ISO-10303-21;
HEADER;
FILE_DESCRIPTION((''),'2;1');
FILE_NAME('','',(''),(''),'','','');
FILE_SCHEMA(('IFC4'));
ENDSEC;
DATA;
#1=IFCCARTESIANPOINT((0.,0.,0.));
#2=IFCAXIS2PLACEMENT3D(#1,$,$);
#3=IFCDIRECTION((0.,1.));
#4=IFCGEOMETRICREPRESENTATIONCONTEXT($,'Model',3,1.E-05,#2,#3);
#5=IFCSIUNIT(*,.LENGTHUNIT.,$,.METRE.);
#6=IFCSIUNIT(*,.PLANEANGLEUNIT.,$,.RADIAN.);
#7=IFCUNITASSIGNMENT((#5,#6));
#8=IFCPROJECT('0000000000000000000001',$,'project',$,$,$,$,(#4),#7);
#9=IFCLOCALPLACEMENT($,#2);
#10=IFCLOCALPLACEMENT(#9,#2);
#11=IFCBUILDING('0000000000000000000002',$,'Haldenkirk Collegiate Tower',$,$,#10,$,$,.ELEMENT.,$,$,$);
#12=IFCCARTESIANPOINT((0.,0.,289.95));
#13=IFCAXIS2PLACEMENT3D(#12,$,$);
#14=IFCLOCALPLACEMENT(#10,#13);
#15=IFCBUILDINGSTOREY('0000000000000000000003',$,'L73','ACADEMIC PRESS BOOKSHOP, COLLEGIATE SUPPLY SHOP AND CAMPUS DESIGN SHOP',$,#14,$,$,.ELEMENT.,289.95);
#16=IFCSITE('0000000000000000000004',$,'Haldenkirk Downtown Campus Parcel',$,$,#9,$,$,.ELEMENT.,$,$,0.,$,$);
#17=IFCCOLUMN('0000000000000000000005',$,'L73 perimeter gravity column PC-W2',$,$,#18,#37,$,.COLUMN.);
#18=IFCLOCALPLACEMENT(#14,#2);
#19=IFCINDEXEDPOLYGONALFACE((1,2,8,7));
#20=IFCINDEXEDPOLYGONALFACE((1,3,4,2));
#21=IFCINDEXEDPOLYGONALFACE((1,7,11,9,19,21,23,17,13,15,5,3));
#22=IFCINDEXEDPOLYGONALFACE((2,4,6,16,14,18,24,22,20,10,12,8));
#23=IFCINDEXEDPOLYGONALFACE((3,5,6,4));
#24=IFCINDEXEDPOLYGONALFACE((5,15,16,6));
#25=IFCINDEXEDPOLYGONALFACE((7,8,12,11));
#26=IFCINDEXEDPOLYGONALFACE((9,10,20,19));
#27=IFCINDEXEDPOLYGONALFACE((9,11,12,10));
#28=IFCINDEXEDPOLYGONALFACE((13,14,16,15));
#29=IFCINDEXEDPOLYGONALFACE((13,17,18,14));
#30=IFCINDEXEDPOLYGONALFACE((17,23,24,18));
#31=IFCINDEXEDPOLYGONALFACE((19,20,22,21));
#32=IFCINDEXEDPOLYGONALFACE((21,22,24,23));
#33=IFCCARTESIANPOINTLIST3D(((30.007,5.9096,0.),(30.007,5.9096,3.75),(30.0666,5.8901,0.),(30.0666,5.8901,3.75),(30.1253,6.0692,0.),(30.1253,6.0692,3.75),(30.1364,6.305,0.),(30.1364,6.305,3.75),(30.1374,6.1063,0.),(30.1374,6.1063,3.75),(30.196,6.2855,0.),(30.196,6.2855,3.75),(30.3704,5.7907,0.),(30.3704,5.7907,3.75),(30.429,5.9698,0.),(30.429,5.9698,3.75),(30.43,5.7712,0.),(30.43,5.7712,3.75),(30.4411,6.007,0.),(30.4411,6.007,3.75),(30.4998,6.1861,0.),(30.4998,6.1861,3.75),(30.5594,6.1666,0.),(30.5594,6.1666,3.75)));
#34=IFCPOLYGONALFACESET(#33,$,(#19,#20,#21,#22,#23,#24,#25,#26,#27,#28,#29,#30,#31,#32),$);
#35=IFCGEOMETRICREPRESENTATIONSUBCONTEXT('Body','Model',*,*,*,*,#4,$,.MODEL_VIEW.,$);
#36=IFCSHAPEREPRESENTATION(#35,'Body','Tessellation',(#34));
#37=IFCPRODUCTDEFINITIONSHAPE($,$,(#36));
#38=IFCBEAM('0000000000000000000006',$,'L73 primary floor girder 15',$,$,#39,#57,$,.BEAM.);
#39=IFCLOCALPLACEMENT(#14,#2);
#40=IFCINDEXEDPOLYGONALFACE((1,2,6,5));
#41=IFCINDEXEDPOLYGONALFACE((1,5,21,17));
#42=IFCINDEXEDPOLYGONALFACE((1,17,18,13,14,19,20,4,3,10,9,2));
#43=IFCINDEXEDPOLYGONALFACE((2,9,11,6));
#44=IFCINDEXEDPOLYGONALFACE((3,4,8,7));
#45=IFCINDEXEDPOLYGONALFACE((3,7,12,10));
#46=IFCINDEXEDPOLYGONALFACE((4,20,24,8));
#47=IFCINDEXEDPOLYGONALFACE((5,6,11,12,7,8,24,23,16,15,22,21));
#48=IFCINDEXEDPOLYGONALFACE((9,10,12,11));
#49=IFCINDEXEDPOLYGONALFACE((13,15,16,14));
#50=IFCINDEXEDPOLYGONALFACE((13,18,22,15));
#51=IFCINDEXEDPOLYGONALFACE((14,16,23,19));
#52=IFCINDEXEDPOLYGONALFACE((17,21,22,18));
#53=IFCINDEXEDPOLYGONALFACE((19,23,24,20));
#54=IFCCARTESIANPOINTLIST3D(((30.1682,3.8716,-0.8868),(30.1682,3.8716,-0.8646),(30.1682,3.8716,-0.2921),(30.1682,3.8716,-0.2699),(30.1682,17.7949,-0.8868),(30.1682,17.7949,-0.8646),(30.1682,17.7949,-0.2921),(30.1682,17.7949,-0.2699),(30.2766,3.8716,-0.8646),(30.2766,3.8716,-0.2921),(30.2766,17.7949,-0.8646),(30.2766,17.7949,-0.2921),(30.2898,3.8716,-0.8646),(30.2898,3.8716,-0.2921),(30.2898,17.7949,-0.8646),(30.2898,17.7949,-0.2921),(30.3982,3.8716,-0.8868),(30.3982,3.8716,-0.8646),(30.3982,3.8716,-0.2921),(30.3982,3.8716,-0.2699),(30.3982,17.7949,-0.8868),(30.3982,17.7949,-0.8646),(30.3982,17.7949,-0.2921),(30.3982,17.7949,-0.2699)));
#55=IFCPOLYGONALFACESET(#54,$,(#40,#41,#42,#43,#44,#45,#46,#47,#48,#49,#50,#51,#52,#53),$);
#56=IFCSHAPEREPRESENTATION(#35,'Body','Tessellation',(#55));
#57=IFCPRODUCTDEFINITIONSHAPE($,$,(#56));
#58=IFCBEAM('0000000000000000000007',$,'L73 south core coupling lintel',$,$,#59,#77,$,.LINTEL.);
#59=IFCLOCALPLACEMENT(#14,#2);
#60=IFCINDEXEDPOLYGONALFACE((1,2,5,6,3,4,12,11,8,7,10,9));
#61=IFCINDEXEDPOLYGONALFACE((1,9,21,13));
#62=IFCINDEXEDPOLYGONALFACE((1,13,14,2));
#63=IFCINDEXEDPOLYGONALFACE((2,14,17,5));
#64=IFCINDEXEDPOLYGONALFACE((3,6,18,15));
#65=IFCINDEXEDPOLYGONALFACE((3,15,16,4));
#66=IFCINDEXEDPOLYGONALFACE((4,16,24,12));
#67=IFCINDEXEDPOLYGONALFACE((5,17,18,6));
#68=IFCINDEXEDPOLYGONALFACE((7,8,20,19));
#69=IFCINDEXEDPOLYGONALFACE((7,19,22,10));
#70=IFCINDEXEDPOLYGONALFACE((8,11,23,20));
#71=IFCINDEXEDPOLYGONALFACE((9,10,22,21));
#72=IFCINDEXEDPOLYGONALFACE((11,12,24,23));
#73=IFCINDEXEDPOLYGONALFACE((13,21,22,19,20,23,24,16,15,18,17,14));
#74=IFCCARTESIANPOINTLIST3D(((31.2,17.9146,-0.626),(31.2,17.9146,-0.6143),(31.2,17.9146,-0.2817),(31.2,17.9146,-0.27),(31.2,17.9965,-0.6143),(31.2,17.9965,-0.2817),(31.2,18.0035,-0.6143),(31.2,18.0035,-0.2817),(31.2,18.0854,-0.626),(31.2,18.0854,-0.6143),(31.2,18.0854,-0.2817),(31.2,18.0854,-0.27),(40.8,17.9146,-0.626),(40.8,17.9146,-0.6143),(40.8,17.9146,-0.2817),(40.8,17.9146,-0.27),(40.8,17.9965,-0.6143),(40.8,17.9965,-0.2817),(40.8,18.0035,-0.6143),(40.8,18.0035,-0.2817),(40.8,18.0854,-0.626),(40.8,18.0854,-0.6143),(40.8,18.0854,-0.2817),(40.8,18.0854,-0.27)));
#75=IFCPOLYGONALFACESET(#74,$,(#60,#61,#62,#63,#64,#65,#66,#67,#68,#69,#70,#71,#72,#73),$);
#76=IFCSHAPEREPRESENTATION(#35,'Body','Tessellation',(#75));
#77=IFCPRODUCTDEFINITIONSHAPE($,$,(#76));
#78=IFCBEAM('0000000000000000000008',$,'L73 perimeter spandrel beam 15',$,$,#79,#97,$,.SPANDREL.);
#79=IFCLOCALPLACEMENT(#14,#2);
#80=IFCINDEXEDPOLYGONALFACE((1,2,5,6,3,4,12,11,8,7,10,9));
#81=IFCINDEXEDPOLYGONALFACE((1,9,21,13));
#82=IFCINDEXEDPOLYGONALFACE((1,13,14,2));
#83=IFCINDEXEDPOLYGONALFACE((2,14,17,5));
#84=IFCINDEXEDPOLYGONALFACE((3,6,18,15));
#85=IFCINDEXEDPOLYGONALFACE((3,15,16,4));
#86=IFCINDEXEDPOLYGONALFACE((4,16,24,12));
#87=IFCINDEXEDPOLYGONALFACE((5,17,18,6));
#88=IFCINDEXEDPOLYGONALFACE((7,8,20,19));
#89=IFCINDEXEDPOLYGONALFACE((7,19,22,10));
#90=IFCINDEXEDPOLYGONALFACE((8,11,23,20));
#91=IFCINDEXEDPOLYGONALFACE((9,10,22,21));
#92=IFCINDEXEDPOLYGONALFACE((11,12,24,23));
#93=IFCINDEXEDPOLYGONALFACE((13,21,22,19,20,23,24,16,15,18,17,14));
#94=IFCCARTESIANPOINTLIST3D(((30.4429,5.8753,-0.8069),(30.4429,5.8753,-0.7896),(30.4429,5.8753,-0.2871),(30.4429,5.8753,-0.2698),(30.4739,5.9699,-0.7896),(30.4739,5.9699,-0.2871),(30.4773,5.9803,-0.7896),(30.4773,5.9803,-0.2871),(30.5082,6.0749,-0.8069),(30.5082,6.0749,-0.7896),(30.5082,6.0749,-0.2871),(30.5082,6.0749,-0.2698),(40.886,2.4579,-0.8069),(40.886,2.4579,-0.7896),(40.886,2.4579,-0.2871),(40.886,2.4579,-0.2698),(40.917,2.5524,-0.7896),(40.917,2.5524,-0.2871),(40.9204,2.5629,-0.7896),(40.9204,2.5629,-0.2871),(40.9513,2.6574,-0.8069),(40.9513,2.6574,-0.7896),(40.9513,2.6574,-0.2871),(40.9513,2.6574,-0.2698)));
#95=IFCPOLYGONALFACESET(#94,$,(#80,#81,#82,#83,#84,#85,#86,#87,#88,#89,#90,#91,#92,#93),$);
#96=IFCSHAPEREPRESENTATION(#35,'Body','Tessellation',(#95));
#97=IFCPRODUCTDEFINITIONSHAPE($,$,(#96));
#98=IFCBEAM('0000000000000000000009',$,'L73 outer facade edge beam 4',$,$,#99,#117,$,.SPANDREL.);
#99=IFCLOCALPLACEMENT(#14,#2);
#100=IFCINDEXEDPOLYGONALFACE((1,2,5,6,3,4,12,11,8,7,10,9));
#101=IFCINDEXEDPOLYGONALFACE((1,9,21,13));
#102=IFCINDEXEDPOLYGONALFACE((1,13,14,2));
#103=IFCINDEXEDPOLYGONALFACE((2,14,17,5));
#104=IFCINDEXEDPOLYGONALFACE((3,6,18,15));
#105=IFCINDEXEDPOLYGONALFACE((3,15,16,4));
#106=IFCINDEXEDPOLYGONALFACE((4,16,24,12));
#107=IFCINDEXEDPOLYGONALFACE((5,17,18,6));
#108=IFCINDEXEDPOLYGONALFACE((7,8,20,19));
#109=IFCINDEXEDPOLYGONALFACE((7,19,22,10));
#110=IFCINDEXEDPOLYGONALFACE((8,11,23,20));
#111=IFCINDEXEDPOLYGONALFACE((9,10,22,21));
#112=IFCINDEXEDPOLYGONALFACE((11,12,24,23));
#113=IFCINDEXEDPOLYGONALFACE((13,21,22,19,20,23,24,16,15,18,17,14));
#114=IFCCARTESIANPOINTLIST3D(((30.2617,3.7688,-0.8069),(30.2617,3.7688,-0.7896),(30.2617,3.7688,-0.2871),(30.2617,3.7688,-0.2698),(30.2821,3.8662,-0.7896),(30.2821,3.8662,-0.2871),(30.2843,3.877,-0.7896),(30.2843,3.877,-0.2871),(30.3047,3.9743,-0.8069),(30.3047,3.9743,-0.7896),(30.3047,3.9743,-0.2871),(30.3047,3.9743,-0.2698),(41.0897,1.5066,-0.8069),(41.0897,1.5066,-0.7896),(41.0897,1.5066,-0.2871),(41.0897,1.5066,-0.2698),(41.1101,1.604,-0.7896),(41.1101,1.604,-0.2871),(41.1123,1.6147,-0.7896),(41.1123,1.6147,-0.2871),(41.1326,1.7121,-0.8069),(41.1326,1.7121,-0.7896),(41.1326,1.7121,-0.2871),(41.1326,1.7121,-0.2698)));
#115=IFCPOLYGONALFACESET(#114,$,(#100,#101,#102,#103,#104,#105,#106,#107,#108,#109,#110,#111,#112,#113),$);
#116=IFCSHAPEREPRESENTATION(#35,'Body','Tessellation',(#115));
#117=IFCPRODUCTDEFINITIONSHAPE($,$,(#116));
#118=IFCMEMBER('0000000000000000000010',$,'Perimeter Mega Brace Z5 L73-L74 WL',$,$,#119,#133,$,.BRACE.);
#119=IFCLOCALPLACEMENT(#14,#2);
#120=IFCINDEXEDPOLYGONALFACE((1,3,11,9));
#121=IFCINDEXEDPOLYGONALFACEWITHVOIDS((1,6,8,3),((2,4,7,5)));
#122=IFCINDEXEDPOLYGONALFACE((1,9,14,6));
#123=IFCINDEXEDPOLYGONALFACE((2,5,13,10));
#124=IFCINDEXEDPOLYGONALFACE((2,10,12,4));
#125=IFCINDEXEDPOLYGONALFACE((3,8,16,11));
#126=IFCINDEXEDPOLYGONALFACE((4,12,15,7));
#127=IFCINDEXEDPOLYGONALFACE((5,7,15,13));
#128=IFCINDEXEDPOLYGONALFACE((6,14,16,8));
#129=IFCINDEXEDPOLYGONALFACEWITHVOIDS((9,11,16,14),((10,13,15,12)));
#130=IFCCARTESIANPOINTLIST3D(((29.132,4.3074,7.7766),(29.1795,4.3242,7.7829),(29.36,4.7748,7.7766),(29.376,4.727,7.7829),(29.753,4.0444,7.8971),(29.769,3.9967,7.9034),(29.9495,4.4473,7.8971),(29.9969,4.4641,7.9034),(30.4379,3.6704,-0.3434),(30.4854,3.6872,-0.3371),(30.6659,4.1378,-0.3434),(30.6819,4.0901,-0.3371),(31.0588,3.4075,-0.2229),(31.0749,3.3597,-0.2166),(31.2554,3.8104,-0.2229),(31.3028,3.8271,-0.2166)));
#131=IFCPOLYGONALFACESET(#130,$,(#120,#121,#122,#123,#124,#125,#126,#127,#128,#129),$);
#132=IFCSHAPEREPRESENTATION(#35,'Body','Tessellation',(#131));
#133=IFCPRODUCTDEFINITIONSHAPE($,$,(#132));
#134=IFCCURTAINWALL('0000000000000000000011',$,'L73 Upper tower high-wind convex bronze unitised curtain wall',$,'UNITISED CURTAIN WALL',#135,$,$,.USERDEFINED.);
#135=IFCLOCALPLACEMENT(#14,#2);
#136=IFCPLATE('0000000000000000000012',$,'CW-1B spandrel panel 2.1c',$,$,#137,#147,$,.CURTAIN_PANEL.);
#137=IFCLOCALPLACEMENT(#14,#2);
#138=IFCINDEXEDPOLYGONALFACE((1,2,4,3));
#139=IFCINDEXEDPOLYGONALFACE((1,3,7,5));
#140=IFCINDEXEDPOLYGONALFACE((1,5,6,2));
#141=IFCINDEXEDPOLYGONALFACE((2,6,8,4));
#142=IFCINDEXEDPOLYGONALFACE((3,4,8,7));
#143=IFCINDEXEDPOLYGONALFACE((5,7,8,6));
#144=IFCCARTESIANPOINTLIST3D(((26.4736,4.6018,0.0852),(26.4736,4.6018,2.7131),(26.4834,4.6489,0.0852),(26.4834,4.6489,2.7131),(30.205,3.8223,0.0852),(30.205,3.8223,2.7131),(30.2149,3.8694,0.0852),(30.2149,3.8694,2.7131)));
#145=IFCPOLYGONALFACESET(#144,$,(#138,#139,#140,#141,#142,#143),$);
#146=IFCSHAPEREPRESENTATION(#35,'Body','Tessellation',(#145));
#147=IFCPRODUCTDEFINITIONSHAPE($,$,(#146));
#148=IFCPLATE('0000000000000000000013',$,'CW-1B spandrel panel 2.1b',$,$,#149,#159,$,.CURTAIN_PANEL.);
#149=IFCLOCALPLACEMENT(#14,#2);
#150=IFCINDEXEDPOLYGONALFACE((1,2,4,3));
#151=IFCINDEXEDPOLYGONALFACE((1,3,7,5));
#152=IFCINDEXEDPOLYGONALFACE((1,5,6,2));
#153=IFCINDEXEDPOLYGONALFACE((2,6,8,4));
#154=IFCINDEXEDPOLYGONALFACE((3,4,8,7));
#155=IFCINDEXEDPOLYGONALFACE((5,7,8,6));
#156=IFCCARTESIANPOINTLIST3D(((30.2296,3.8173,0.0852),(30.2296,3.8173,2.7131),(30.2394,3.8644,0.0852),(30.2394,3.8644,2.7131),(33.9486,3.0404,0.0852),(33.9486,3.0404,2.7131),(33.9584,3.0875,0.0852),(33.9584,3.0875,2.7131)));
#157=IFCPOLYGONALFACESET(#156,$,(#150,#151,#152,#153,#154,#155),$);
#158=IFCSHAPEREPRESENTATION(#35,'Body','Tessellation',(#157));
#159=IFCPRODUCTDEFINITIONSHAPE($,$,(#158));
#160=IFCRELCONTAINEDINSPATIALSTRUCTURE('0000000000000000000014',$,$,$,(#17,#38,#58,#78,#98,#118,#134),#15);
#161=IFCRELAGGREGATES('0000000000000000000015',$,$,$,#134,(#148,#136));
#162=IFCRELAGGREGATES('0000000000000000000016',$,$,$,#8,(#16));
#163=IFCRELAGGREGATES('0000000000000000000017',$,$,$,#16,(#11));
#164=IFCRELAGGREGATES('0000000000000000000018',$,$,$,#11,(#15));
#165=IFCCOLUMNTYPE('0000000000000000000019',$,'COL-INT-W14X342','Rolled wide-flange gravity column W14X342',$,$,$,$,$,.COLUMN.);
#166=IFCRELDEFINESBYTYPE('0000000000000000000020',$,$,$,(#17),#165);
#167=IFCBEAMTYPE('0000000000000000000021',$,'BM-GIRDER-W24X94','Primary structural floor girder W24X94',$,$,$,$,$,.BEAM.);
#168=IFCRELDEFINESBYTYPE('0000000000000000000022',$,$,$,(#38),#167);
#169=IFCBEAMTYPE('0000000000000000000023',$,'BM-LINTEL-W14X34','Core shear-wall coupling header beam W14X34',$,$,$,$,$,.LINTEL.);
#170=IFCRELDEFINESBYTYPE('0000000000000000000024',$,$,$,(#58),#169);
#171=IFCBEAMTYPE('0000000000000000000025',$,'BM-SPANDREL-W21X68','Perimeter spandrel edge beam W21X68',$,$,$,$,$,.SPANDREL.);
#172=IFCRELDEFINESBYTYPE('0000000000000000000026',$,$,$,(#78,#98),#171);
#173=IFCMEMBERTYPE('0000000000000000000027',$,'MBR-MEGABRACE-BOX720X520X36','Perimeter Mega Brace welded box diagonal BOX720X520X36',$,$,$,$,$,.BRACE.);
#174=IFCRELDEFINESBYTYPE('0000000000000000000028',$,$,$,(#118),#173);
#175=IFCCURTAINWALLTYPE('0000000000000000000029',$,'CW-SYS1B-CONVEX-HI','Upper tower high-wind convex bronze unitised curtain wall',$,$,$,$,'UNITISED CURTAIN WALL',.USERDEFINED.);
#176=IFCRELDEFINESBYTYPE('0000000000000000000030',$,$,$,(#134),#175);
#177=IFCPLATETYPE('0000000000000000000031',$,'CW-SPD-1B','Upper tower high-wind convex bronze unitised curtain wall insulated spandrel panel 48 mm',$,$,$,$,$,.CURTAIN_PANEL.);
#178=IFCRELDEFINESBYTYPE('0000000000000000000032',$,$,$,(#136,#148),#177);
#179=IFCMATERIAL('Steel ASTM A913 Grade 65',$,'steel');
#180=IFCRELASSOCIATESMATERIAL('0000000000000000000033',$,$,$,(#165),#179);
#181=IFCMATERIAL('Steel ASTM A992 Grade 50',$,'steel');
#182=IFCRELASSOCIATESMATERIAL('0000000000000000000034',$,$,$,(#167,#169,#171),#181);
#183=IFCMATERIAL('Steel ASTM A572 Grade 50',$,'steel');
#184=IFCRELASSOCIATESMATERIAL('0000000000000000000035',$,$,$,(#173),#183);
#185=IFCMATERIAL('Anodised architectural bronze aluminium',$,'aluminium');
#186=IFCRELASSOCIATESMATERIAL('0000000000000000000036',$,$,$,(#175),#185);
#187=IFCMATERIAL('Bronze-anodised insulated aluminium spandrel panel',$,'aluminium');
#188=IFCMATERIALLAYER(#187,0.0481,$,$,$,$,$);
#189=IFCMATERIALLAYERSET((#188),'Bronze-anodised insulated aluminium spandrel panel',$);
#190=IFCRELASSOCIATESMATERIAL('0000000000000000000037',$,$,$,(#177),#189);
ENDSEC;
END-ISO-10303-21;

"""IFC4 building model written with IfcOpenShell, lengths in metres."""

from ifc_helpers import new_model, si_unit, direction, frame, origin, origin_2d, place, context, subcontext, project, spatial, rectangle, hollow_rectangle, i_section, extrude, source, transform, mapped, material, layer, layer_set, material_profile, profile_set, type_object, element, aggregate, save


model = new_model("IFC4")

# Units and contexts
model_context = context("Model", 3, precision=1e-05, world=origin(), true_north=direction((0.0, 1.0)))
body_context = subcontext(model_context, "Body", "Model", "MODEL_VIEW")
ifc_project = project(units=[si_unit("LENGTHUNIT", "METRE"), si_unit("PLANEANGLEUNIT", "RADIAN")], contexts=[model_context])

# Site, building, storey
site_placement = place(None, origin())
site = spatial("IfcSite", under=ifc_project, at=site_placement, Name="Haldenkirk Downtown Campus Parcel", CompositionType="ELEMENT", RefElevation=0.0)
building_placement = place(site_placement, origin())
building = spatial("IfcBuilding", under=site, at=building_placement, Name="Haldenkirk Collegiate Tower", CompositionType="ELEMENT")
storey_placement = place(building_placement, frame((0.0, 0.0, 289.95)))
storey = spatial("IfcBuildingStorey", under=building, at=storey_placement, Name="L73", Description="ACADEMIC PRESS BOOKSHOP, COLLEGIATE SUPPLY SHOP AND CAMPUS DESIGN SHOP", CompositionType="ELEMENT", Elevation=289.95)

# Column
ifc_material_1 = material(Name="Steel ASTM A913 Grade 65", Category="steel")
ifc_material_profile_1 = material_profile(ifc_material_1, i_section(OverallWidth=0.416, OverallDepth=0.4451, WebThickness=0.0391, FlangeThickness=0.0627, at=origin_2d()), Name="W14X342")
ifc_profile_set_1 = profile_set([ifc_material_profile_1], Name="Steel ASTM A913 Grade 65")
column_type = type_object("IfcColumnType", Name="COL-INT-W14X342", Description="Rolled wide-flange gravity column W14X342", PredefinedType="COLUMN", material=ifc_profile_set_1)
column_placement = place(storey_placement, frame((30.2832, 6.0381, 0.0), z_axis=(0.0, 0.0, 1.0), x_axis=(0.311008, 0.950407, 0.0)))
element("IfcColumn", 1, at=column_placement, inside=storey, type_object=column_type, Name="L73 perimeter gravity column PC-W2", PredefinedType="COLUMN", context=body_context, shape_type="SweptSolid", body=[
    extrude(i_section(OverallWidth=0.416, OverallDepth=0.4451, WebThickness=0.0391, FlangeThickness=0.0627, at=origin_2d()), origin(), (0.0, 0.0, 1.0), 3.75),
])

# Beams
ifc_material_2 = material(Name="Steel ASTM A992 Grade 50", Category="steel")
ifc_material_profile_2 = material_profile(ifc_material_2, i_section(OverallWidth=0.23, OverallDepth=0.6169, WebThickness=0.0132, FlangeThickness=0.0222, at=origin_2d()), Name="W24X94")
ifc_profile_set_2 = profile_set([ifc_material_profile_2], Name="Steel ASTM A992 Grade 50")
beam_type_1 = type_object("IfcBeamType", Name="BM-GIRDER-W24X94", Description="Primary structural floor girder W24X94", PredefinedType="BEAM", material=ifc_profile_set_2)
beam_1_placement = place(storey_placement, frame((30.2832, 3.8716, -0.5784), z_axis=(0.0, 1.0, 0.0), x_axis=(-1.0, 0.0, 0.0)))
element("IfcBeam", 2, at=beam_1_placement, inside=storey, type_object=beam_type_1, Name="L73 primary floor girder 15", PredefinedType="BEAM", context=body_context, shape_type="SweptSolid", body=[
    extrude(i_section(OverallWidth=0.23, OverallDepth=0.6169, WebThickness=0.0132, FlangeThickness=0.0222, at=origin_2d()), origin(), (0.0, 0.0, 1.0), 13.9233),
])
ifc_material_profile_3 = material_profile(ifc_material_2, i_section(OverallWidth=0.1709, OverallDepth=0.356, WebThickness=0.0071, FlangeThickness=0.0117, at=origin_2d()), Name="W14X34")
ifc_profile_set_3 = profile_set([ifc_material_profile_3], Name="Steel ASTM A992 Grade 50")
beam_type_2 = type_object("IfcBeamType", Name="BM-LINTEL-W14X34", Description="Core shear-wall coupling header beam W14X34", PredefinedType="LINTEL", material=ifc_profile_set_3)
beam_2_placement = place(storey_placement, frame((31.2, 18.0, -0.448), z_axis=(1.0, 0.0, 0.0), x_axis=(0.0, 1.0, 0.0)))
element("IfcBeam", 3, at=beam_2_placement, inside=storey, type_object=beam_type_2, Name="L73 south core coupling lintel", PredefinedType="LINTEL", context=body_context, shape_type="SweptSolid", body=[
    extrude(i_section(OverallWidth=0.1709, OverallDepth=0.356, WebThickness=0.0071, FlangeThickness=0.0117, at=origin_2d()), origin(), (0.0, 0.0, 1.0), 9.6001),
])
ifc_material_profile_4 = material_profile(ifc_material_2, i_section(OverallWidth=0.21, OverallDepth=0.5371, WebThickness=0.011, FlangeThickness=0.0173, at=origin_2d()), Name="W21X68")
ifc_profile_set_4 = profile_set([ifc_material_profile_4], Name="Steel ASTM A992 Grade 50")
beam_type_3 = type_object("IfcBeamType", Name="BM-SPANDREL-W21X68", Description="Perimeter spandrel edge beam W21X68", PredefinedType="SPANDREL", material=ifc_profile_set_4)
beam_3_placement = place(storey_placement, frame((30.4756, 5.9751, -0.5383), z_axis=(0.950404, -0.311017, 0.0), x_axis=(0.311017, 0.950404, 0.0)))
element("IfcBeam", 4, at=beam_3_placement, inside=storey, type_object=beam_type_3, Name="L73 perimeter spandrel beam 15", PredefinedType="SPANDREL", context=body_context, shape_type="SweptSolid", body=[
    extrude(i_section(OverallWidth=0.21, OverallDepth=0.5371, WebThickness=0.011, FlangeThickness=0.0173, at=origin_2d()), origin(), (0.0, 0.0, 1.0), 10.988),
])
beam_4_placement = place(storey_placement, frame((30.2832, 3.8716, -0.5383), z_axis=(0.978865, -0.204509, 0.0), x_axis=(0.204509, 0.978865, 0.0)))
element("IfcBeam", 5, at=beam_4_placement, inside=storey, type_object=beam_type_3, Name="L73 outer facade edge beam 4", PredefinedType="SPANDREL", context=body_context, shape_type="SweptSolid", body=[
    extrude(i_section(OverallWidth=0.21, OverallDepth=0.5371, WebThickness=0.011, FlangeThickness=0.0173, at=origin_2d()), origin(), (0.0, 0.0, 1.0), 11.0618),
])

# Member
ifc_material_3 = material(Name="Steel ASTM A572 Grade 50", Category="steel")
ifc_material_profile_5 = material_profile(ifc_material_3, hollow_rectangle(XDim=0.52, YDim=0.72, WallThickness=0.0359, at=origin_2d()), Name="BOX720X520X36")
ifc_profile_set_5 = profile_set([ifc_material_profile_5], Name="Steel ASTM A572 Grade 50")
member_type = type_object("IfcMemberType", Name="MBR-MEGABRACE-BOX720X520X36", Description="Perimeter Mega Brace welded box diagonal BOX720X520X36", PredefinedType="BRACE", material=ifc_profile_set_5)
member_placement = place(storey_placement, frame((30.8704, 3.7488, -0.28), z_axis=(-0.158309, 0.077216, 0.984366), x_axis=(-0.438387, -0.898786, 0.0)))
element("IfcMember", 6, at=member_placement, inside=storey, type_object=member_type, Name="Perimeter Mega Brace Z5 L73-L74 WL", PredefinedType="BRACE", context=body_context, shape_type="SweptSolid", body=[
    extrude(hollow_rectangle(XDim=0.52, YDim=0.72, WallThickness=0.0359, at=origin_2d()), origin(), (0.0, 0.0, 1.0), 8.249),
])

# Curtain wall, plates
ifc_material_4 = material(Name="Anodised architectural bronze aluminium", Category="aluminium")
curtain_wall_type = type_object("IfcCurtainWallType", Name="CW-SYS1B-CONVEX-HI", Description="Upper tower high-wind convex bronze unitised curtain wall", ElementType="UNITISED CURTAIN WALL", PredefinedType="USERDEFINED", material=ifc_material_4)
curtain_wall_placement = place(storey_placement, origin())
curtain_wall = element("IfcCurtainWall", 7, at=curtain_wall_placement, inside=storey, type_object=curtain_wall_type, Name="L73 Upper tower high-wind convex bronze unitised curtain wall", ObjectType="UNITISED CURTAIN WALL", PredefinedType="USERDEFINED")
ifc_material_5 = material(Name="Bronze-anodised insulated aluminium spandrel panel", Category="aluminium")
ifc_layer_1 = layer(ifc_material_5, 0.0481)
ifc_layer_set_1 = layer_set([ifc_layer_1], Name="Bronze-anodised insulated aluminium spandrel panel")
plate_type = type_object("IfcPlateType", Name="CW-SPD-1B", Description="Upper tower high-wind convex bronze unitised curtain wall insulated spandrel panel 48 mm", PredefinedType="CURTAIN_PANEL", material=ifc_layer_set_1)
shared_shape_1 = source(origin(), body_context, "Body", "SweptSolid", [
    extrude(rectangle(XDim=3.812, YDim=0.0481, at=origin_2d()), origin(), (0.0, 0.0, 1.0), 2.6279),
])
plate_1_placement = place(storey_placement, frame((28.3442, 4.2356, 0.0852), z_axis=(0.0, 0.0, 1.0), x_axis=(-0.978867, 0.204499, 0.0)))
plate_1 = element("IfcPlate", 8, at=plate_1_placement, type_object=plate_type, Name="CW-1B spandrel panel 2.1c", PredefinedType="CURTAIN_PANEL", context=body_context, shape_type="MappedRepresentation", body=[
    mapped(shared_shape_1, transform((0.0, 0.0, 0.0), x_axis=(1.0, 0.0, 0.0), y_axis=(0.0, 1.0, 0.0), z_axis=(0.0, 0.0, 1.0), scale=1.0)),
])
shared_shape_2 = source(origin(), body_context, "Body", "SweptSolid", [
    extrude(rectangle(XDim=3.7993, YDim=0.0481, at=origin_2d()), origin(), (0.0, 0.0, 1.0), 2.6279),
])
plate_2_placement = place(storey_placement, frame((32.094, 3.4524, 0.0852), z_axis=(0.0, 0.0, 1.0), x_axis=(-0.978867, 0.204499, 0.0)))
plate_2 = element("IfcPlate", 9, at=plate_2_placement, type_object=plate_type, Name="CW-1B spandrel panel 2.1b", PredefinedType="CURTAIN_PANEL", context=body_context, shape_type="MappedRepresentation", body=[
    mapped(shared_shape_2, transform((0.0, 0.0, 0.0), x_axis=(1.0, 0.0, 0.0), y_axis=(0.0, 1.0, 0.0), z_axis=(0.0, 0.0, 1.0), scale=1.0)),
])
aggregate(curtain_wall, [plate_2, plate_1])

save(model, "model.ifc")
